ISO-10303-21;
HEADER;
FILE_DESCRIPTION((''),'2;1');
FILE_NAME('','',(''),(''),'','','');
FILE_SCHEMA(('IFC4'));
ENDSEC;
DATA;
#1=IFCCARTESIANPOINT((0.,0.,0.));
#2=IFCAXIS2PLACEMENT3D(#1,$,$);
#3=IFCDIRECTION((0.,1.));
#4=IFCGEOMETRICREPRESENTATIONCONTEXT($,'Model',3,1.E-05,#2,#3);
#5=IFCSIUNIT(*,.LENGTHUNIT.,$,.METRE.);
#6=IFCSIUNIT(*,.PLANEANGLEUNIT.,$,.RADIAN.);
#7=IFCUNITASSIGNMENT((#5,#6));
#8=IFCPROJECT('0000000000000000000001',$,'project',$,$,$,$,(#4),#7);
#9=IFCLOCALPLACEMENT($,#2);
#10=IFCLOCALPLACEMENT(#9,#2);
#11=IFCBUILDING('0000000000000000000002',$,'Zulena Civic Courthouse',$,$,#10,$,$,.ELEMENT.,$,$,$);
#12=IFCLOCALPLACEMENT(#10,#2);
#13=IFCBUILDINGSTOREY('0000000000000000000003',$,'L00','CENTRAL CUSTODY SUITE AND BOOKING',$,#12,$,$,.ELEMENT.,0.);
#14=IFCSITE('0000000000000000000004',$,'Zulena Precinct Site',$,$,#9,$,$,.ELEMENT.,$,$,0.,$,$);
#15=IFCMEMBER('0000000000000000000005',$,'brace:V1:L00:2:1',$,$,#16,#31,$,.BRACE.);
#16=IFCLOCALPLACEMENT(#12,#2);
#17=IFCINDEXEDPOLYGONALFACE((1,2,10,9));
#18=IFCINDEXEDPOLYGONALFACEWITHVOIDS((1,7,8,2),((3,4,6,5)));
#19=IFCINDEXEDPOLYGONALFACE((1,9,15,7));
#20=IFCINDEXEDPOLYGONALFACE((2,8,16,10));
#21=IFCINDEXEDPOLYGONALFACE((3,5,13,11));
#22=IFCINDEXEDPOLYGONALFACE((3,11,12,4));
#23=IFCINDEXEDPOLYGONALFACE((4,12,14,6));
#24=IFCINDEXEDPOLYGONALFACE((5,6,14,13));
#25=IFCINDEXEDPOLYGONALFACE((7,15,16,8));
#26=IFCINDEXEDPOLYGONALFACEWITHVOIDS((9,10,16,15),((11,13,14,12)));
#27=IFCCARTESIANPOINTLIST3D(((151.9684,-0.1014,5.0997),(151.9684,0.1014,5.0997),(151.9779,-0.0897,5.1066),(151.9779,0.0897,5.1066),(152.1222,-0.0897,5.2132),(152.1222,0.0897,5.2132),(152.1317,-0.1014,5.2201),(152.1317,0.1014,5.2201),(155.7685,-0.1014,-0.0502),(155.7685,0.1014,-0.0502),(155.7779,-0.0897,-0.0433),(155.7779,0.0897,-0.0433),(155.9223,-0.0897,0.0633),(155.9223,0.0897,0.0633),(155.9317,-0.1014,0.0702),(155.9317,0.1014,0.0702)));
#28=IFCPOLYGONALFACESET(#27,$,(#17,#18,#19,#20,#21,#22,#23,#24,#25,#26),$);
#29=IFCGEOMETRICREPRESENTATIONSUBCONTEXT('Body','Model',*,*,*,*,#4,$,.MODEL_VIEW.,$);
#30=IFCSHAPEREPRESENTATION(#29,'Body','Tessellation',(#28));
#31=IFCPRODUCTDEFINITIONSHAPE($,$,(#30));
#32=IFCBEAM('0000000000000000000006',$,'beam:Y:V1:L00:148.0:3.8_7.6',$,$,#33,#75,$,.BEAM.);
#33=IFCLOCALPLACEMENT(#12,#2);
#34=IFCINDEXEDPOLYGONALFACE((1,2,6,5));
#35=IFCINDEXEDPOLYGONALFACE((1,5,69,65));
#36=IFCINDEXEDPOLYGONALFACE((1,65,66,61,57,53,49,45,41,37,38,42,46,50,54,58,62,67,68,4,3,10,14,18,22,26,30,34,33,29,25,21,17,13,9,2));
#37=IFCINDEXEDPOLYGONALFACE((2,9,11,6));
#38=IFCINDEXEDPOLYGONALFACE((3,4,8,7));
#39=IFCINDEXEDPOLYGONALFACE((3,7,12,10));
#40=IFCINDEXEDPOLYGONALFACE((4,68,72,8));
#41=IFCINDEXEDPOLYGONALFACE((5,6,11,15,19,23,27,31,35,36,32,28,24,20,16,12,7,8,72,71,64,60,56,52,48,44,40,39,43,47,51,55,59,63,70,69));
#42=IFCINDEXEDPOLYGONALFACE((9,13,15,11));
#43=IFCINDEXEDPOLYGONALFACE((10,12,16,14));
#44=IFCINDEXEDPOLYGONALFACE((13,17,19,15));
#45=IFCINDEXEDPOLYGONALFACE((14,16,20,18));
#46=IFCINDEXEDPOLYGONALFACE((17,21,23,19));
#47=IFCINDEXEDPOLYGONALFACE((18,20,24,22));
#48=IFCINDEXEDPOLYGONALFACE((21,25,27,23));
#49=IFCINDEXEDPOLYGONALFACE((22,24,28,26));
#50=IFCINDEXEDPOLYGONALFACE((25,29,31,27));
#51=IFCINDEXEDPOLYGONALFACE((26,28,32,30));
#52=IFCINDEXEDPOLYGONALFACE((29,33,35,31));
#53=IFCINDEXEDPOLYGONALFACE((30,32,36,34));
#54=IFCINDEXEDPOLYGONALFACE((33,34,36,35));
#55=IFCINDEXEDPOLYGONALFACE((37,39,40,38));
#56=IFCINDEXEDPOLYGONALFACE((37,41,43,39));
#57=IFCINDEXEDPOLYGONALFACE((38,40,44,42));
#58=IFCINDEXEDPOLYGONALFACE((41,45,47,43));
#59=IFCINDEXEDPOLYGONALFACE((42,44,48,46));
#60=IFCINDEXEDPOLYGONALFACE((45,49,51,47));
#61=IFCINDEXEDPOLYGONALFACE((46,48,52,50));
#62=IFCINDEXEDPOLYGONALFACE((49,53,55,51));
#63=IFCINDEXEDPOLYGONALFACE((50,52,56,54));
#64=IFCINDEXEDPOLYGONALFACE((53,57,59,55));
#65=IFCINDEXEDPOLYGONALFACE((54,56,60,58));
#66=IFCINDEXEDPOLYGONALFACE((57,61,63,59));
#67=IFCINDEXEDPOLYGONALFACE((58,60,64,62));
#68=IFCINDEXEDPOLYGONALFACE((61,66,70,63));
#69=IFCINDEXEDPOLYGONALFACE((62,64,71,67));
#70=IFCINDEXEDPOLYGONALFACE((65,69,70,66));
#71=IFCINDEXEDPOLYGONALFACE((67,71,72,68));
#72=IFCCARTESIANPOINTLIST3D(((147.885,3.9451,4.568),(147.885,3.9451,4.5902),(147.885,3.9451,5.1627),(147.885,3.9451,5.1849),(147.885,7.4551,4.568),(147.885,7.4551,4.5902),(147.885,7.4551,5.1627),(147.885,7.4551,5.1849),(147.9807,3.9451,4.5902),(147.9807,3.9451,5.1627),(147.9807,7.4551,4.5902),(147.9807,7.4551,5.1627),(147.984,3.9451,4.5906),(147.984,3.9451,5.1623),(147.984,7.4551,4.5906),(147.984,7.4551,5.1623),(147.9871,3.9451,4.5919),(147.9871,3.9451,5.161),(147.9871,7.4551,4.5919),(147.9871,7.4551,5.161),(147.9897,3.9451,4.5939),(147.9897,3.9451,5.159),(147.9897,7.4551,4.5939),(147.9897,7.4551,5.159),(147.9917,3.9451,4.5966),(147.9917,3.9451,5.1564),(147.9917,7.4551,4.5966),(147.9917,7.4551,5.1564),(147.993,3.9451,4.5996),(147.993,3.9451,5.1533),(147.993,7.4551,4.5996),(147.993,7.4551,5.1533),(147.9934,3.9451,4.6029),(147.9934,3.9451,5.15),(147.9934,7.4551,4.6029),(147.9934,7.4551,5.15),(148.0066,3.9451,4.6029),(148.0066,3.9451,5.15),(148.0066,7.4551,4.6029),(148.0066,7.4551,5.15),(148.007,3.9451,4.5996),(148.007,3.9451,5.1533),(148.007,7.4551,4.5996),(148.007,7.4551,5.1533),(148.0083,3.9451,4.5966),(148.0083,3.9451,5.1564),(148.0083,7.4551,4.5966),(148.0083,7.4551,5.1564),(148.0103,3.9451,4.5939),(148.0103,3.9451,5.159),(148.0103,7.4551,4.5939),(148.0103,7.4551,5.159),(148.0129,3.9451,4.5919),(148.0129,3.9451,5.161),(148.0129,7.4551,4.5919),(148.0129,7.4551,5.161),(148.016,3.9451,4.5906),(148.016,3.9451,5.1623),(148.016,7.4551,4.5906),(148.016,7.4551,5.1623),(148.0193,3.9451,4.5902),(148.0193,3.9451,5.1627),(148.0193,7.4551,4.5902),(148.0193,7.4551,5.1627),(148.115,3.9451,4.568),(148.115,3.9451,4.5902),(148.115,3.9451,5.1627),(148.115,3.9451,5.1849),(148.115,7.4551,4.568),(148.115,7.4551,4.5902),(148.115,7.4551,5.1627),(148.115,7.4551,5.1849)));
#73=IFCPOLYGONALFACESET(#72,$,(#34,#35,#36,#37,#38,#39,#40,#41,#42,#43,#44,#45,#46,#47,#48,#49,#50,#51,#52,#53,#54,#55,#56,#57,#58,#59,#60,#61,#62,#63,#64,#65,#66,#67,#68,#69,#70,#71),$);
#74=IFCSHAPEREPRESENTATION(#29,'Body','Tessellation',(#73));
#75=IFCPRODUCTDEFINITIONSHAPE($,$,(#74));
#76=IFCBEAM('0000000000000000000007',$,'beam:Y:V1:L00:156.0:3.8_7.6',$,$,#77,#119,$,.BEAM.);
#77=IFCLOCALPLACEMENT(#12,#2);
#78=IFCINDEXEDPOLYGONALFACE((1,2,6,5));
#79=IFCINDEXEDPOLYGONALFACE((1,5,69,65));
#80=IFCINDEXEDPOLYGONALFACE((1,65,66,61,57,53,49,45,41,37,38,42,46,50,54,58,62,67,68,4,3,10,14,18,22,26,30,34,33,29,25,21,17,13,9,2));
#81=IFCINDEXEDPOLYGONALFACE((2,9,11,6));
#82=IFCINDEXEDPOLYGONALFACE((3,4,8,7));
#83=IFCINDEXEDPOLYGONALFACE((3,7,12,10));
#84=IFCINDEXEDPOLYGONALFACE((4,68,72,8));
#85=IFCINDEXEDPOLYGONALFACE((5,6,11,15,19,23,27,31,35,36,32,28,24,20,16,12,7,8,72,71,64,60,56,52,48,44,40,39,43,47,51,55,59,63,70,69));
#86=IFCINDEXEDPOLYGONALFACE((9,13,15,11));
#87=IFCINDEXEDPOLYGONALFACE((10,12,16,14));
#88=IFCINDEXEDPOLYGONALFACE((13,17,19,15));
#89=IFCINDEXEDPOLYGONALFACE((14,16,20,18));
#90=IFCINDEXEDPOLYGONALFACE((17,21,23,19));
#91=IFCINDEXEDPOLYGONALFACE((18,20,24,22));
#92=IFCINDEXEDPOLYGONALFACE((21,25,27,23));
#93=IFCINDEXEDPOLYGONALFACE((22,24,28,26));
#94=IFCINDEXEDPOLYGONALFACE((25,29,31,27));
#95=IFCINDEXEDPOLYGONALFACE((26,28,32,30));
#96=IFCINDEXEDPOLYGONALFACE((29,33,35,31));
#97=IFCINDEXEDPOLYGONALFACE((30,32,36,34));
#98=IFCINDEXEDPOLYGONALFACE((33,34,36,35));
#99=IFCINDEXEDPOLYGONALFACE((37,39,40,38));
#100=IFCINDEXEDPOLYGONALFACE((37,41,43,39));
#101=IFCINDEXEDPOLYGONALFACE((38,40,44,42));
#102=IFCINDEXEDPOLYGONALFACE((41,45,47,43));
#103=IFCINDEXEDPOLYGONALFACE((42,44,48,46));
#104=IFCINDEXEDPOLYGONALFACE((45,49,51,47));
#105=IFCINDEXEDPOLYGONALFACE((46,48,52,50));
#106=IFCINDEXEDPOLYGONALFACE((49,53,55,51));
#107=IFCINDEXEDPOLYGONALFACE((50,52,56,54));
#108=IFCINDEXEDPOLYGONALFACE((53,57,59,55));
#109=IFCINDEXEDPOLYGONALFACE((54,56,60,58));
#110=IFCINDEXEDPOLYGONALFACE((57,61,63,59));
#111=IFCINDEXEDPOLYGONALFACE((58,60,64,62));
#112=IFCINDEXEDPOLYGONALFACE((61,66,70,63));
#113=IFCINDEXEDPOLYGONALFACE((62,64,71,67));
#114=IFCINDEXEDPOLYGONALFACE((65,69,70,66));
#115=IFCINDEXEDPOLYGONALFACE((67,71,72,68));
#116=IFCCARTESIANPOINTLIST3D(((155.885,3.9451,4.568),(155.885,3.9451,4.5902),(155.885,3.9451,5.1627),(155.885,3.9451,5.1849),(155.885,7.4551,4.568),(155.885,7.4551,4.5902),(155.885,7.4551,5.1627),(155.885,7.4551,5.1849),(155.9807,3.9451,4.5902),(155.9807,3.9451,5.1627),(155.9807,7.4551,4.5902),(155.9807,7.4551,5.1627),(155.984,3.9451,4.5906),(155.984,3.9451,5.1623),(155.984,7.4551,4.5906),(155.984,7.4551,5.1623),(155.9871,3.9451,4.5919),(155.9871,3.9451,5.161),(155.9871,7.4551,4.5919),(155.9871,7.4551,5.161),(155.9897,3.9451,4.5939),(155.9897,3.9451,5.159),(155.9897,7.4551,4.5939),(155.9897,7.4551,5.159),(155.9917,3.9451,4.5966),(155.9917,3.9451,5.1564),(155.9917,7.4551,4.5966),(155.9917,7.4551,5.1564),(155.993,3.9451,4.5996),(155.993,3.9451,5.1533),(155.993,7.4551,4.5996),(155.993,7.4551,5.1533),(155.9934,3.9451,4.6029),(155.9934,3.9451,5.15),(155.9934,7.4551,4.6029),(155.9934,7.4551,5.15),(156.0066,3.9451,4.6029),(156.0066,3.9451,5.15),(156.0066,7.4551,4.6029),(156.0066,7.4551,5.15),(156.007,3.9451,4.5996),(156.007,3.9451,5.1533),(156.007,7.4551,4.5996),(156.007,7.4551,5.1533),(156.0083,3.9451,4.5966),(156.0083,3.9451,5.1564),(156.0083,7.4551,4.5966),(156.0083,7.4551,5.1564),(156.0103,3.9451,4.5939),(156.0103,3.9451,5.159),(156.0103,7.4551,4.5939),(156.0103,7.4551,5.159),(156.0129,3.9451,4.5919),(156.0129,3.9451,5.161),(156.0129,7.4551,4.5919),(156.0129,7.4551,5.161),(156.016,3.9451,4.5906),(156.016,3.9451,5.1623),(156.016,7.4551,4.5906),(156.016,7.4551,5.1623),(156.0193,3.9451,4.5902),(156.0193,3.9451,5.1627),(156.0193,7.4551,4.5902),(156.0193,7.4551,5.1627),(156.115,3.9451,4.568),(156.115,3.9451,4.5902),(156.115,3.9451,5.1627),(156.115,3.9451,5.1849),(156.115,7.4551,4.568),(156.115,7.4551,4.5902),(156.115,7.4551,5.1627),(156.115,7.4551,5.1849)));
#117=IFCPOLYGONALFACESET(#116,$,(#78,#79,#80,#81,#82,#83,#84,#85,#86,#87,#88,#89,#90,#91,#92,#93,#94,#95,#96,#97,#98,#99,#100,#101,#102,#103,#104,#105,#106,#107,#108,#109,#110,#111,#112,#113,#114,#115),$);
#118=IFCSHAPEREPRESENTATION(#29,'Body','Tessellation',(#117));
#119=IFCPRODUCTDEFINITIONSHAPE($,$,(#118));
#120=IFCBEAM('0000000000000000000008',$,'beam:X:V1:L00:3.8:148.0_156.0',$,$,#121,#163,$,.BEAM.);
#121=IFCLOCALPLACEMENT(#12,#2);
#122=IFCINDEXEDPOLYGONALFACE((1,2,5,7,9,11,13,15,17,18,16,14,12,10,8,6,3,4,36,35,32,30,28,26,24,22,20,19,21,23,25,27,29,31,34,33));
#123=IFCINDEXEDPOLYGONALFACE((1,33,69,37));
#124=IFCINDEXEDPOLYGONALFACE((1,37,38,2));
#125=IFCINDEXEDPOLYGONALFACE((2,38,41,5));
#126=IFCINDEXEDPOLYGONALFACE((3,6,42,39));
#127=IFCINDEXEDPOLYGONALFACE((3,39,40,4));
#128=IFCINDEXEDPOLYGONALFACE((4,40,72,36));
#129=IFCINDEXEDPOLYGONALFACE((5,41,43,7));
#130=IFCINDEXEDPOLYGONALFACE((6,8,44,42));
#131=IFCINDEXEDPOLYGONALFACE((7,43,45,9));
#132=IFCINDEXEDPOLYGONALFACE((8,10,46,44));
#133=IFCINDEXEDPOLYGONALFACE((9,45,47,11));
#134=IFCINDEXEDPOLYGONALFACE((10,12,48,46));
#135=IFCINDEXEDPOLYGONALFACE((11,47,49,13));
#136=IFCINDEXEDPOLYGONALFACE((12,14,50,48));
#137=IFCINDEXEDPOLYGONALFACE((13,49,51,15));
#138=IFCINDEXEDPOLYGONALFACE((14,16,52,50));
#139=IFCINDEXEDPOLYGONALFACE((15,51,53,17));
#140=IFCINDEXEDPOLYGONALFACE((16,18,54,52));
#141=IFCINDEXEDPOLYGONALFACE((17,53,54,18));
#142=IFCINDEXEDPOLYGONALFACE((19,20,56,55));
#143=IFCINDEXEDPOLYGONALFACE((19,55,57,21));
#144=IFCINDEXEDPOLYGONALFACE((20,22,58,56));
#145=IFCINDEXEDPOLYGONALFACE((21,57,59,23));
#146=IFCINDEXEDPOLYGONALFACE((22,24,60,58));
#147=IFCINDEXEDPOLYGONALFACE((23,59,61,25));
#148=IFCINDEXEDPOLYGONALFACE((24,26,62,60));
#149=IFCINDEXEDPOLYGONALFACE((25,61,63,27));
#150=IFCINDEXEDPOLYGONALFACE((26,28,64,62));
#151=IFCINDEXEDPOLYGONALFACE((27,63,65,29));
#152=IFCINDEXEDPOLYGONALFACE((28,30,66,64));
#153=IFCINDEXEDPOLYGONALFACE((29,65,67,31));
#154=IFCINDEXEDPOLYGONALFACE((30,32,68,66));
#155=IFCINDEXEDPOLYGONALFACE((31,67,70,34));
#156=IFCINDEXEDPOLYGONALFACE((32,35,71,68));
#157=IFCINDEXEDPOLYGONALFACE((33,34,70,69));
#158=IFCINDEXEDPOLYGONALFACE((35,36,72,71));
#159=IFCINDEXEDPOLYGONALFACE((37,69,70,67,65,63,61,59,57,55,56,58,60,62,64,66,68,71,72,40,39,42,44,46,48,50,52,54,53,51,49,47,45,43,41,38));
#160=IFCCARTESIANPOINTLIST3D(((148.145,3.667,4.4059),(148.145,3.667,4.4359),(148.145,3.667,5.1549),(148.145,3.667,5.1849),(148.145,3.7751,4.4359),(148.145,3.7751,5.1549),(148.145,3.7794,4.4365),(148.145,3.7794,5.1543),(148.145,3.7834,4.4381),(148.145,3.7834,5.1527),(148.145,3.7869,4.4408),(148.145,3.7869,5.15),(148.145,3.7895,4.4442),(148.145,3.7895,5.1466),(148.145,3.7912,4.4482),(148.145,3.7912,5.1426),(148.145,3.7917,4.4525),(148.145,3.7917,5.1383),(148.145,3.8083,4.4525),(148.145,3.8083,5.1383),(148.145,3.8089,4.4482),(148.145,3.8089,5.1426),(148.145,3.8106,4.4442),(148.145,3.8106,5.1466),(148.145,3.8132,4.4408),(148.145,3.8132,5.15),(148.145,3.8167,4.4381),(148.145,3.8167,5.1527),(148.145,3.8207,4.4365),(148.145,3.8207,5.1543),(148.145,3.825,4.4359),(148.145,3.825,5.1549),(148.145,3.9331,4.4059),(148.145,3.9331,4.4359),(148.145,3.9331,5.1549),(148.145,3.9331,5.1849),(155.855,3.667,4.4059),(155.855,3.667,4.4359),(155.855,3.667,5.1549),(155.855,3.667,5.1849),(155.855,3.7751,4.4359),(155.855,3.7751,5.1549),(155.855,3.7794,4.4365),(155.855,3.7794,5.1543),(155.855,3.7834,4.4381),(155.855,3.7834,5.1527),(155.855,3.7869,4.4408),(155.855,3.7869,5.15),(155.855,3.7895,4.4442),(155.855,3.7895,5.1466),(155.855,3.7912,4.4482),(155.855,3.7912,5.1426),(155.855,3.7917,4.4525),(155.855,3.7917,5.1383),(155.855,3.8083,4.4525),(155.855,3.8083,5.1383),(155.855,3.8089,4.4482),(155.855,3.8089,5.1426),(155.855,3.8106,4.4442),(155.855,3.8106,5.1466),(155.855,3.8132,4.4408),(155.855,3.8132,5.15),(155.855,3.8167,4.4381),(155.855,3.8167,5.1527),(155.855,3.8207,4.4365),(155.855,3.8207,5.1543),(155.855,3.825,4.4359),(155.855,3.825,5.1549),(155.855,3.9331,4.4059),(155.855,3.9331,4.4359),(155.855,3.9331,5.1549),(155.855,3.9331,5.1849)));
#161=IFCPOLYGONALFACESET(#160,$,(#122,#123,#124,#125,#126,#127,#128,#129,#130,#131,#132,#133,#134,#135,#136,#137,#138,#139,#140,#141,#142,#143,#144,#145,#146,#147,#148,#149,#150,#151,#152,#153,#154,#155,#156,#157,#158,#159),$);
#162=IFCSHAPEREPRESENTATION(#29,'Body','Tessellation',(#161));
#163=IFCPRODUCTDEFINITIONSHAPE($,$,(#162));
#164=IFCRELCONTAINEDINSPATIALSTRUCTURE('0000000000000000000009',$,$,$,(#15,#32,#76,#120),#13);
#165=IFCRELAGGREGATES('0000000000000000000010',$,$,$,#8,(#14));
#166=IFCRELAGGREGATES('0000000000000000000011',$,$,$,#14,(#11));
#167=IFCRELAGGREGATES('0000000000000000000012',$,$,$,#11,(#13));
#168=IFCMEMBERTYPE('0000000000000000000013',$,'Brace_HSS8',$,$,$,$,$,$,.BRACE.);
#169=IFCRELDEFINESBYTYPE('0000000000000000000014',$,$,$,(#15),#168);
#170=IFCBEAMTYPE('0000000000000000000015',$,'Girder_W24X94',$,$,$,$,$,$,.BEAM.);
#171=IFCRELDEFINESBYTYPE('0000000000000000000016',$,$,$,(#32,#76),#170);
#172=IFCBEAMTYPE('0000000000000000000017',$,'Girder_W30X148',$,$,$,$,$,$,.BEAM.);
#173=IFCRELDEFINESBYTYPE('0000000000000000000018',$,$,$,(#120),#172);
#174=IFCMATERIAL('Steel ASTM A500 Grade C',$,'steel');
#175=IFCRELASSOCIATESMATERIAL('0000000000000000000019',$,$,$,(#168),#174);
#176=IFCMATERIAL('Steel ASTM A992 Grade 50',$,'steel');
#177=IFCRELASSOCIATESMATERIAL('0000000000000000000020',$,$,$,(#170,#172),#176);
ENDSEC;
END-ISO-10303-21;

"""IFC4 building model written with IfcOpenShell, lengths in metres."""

from ifc_helpers import new_model, si_unit, direction, frame, origin, origin_2d, place, context, subcontext, project, spatial, hollow_rectangle, i_section, extrude, material, material_profile, profile_set, type_object, element, save


model = new_model("IFC4")

# Units and contexts
model_context = context("Model", 3, precision=1e-05, world=origin(), true_north=direction((0.0, 1.0)))
body_context = subcontext(model_context, "Body", "Model", "MODEL_VIEW")
ifc_project = project(units=[si_unit("LENGTHUNIT", "METRE"), si_unit("PLANEANGLEUNIT", "RADIAN")], contexts=[model_context])

# Site, building, storey
site_placement = place(None, origin())
site = spatial("IfcSite", under=ifc_project, at=site_placement, Name="Zulena Precinct Site", CompositionType="ELEMENT", RefElevation=0.0)
building_placement = place(site_placement, origin())
building = spatial("IfcBuilding", under=site, at=building_placement, Name="Zulena Civic Courthouse", CompositionType="ELEMENT")
storey_placement = place(building_placement, origin())
storey = spatial("IfcBuildingStorey", under=building, at=storey_placement, Name="L00", Description="CENTRAL CUSTODY SUITE AND BOOKING", CompositionType="ELEMENT", Elevation=0.0)

# Shared definitions
ifc_material_1 = material(Name="Steel ASTM A992 Grade 50", Category="steel")

# Member
ifc_material_2 = material(Name="Steel ASTM A500 Grade C", Category="steel")
ifc_material_profile_1 = material_profile(ifc_material_2, hollow_rectangle(XDim=0.2029, YDim=0.2029, WallThickness=0.0117, at=origin_2d()), Name="HSS8X8X1/2")
ifc_profile_set_1 = profile_set([ifc_material_profile_1], Name="Steel ASTM A500 Grade C")
member_type = type_object("IfcMemberType", Name="Brace_HSS8", PredefinedType="BRACE", material=ifc_profile_set_1)
for number, where, z_axis, x_axis, name in (
    (1, (155.8501, 0.0, 0.01), (-0.593744, 0.0, 0.804654), (0.0, -1.0, 0.0), "brace:V1:L00:2:1"),
):
    element("IfcMember", number, at=place(storey_placement, frame(where, z_axis=z_axis, x_axis=x_axis)), inside=storey, type_object=member_type, Name=name, PredefinedType="BRACE", context=body_context, shape_type="SweptSolid", body=[
        extrude(hollow_rectangle(XDim=0.2029, YDim=0.2029, WallThickness=0.0117, at=origin_2d()), origin(), (0.0, 0.0, 1.0), 6.4001),
    ])

# Beams
ifc_material_profile_2 = material_profile(ifc_material_1, i_section(OverallWidth=0.23, OverallDepth=0.6169, WebThickness=0.0132, FlangeThickness=0.0222, FilletRadius=0.0127, at=origin_2d()), Name="W24X94")
ifc_profile_set_2 = profile_set([ifc_material_profile_2], Name="Steel ASTM A992 Grade 50")
beam_type_1 = type_object("IfcBeamType", Name="Girder_W24X94", PredefinedType="BEAM", material=ifc_profile_set_2)
for number, where, z_axis, x_axis, name in (
    (2, (148.0, 3.9451, 4.8765), (0.0, 1.0, 0.0), (-1.0, 0.0, 0.0), "beam:Y:V1:L00:148.0:3.8_7.6"),
    (3, (156.0, 3.9451, 4.8765), (0.0, 1.0, 0.0), (-1.0, 0.0, 0.0), "beam:Y:V1:L00:156.0:3.8_7.6"),
):
    element("IfcBeam", number, at=place(storey_placement, frame(where, z_axis=z_axis, x_axis=x_axis)), inside=storey, type_object=beam_type_1, Name=name, PredefinedType="BEAM", context=body_context, shape_type="SweptSolid", body=[
        extrude(i_section(OverallWidth=0.23, OverallDepth=0.6169, WebThickness=0.0132, FlangeThickness=0.0222, FilletRadius=0.0127, at=origin_2d()), origin(), (0.0, 0.0, 1.0), 3.51),
    ])
ifc_material_profile_3 = material_profile(ifc_material_1, i_section(OverallWidth=0.2661, OverallDepth=0.7791, WebThickness=0.0166, FlangeThickness=0.03, FilletRadius=0.0166, at=origin_2d()), Name="W30X148")
ifc_profile_set_3 = profile_set([ifc_material_profile_3], Name="Steel ASTM A992 Grade 50")
beam_type_2 = type_object("IfcBeamType", Name="Girder_W30X148", PredefinedType="BEAM", material=ifc_profile_set_3)
for number, where, z_axis, x_axis, name in (
    (4, (148.145, 3.8, 4.7954), (1.0, 0.0, 0.0), (0.0, 1.0, 0.0), "beam:X:V1:L00:3.8:148.0_156.0"),
):
    element("IfcBeam", number, at=place(storey_placement, frame(where, z_axis=z_axis, x_axis=x_axis)), inside=storey, type_object=beam_type_2, Name=name, PredefinedType="BEAM", context=body_context, shape_type="SweptSolid", body=[
        extrude(i_section(OverallWidth=0.2661, OverallDepth=0.7791, WebThickness=0.0166, FlangeThickness=0.03, FilletRadius=0.0166, at=origin_2d()), origin(), (0.0, 0.0, 1.0), 7.71),
    ])

save(model, "model.ifc")
